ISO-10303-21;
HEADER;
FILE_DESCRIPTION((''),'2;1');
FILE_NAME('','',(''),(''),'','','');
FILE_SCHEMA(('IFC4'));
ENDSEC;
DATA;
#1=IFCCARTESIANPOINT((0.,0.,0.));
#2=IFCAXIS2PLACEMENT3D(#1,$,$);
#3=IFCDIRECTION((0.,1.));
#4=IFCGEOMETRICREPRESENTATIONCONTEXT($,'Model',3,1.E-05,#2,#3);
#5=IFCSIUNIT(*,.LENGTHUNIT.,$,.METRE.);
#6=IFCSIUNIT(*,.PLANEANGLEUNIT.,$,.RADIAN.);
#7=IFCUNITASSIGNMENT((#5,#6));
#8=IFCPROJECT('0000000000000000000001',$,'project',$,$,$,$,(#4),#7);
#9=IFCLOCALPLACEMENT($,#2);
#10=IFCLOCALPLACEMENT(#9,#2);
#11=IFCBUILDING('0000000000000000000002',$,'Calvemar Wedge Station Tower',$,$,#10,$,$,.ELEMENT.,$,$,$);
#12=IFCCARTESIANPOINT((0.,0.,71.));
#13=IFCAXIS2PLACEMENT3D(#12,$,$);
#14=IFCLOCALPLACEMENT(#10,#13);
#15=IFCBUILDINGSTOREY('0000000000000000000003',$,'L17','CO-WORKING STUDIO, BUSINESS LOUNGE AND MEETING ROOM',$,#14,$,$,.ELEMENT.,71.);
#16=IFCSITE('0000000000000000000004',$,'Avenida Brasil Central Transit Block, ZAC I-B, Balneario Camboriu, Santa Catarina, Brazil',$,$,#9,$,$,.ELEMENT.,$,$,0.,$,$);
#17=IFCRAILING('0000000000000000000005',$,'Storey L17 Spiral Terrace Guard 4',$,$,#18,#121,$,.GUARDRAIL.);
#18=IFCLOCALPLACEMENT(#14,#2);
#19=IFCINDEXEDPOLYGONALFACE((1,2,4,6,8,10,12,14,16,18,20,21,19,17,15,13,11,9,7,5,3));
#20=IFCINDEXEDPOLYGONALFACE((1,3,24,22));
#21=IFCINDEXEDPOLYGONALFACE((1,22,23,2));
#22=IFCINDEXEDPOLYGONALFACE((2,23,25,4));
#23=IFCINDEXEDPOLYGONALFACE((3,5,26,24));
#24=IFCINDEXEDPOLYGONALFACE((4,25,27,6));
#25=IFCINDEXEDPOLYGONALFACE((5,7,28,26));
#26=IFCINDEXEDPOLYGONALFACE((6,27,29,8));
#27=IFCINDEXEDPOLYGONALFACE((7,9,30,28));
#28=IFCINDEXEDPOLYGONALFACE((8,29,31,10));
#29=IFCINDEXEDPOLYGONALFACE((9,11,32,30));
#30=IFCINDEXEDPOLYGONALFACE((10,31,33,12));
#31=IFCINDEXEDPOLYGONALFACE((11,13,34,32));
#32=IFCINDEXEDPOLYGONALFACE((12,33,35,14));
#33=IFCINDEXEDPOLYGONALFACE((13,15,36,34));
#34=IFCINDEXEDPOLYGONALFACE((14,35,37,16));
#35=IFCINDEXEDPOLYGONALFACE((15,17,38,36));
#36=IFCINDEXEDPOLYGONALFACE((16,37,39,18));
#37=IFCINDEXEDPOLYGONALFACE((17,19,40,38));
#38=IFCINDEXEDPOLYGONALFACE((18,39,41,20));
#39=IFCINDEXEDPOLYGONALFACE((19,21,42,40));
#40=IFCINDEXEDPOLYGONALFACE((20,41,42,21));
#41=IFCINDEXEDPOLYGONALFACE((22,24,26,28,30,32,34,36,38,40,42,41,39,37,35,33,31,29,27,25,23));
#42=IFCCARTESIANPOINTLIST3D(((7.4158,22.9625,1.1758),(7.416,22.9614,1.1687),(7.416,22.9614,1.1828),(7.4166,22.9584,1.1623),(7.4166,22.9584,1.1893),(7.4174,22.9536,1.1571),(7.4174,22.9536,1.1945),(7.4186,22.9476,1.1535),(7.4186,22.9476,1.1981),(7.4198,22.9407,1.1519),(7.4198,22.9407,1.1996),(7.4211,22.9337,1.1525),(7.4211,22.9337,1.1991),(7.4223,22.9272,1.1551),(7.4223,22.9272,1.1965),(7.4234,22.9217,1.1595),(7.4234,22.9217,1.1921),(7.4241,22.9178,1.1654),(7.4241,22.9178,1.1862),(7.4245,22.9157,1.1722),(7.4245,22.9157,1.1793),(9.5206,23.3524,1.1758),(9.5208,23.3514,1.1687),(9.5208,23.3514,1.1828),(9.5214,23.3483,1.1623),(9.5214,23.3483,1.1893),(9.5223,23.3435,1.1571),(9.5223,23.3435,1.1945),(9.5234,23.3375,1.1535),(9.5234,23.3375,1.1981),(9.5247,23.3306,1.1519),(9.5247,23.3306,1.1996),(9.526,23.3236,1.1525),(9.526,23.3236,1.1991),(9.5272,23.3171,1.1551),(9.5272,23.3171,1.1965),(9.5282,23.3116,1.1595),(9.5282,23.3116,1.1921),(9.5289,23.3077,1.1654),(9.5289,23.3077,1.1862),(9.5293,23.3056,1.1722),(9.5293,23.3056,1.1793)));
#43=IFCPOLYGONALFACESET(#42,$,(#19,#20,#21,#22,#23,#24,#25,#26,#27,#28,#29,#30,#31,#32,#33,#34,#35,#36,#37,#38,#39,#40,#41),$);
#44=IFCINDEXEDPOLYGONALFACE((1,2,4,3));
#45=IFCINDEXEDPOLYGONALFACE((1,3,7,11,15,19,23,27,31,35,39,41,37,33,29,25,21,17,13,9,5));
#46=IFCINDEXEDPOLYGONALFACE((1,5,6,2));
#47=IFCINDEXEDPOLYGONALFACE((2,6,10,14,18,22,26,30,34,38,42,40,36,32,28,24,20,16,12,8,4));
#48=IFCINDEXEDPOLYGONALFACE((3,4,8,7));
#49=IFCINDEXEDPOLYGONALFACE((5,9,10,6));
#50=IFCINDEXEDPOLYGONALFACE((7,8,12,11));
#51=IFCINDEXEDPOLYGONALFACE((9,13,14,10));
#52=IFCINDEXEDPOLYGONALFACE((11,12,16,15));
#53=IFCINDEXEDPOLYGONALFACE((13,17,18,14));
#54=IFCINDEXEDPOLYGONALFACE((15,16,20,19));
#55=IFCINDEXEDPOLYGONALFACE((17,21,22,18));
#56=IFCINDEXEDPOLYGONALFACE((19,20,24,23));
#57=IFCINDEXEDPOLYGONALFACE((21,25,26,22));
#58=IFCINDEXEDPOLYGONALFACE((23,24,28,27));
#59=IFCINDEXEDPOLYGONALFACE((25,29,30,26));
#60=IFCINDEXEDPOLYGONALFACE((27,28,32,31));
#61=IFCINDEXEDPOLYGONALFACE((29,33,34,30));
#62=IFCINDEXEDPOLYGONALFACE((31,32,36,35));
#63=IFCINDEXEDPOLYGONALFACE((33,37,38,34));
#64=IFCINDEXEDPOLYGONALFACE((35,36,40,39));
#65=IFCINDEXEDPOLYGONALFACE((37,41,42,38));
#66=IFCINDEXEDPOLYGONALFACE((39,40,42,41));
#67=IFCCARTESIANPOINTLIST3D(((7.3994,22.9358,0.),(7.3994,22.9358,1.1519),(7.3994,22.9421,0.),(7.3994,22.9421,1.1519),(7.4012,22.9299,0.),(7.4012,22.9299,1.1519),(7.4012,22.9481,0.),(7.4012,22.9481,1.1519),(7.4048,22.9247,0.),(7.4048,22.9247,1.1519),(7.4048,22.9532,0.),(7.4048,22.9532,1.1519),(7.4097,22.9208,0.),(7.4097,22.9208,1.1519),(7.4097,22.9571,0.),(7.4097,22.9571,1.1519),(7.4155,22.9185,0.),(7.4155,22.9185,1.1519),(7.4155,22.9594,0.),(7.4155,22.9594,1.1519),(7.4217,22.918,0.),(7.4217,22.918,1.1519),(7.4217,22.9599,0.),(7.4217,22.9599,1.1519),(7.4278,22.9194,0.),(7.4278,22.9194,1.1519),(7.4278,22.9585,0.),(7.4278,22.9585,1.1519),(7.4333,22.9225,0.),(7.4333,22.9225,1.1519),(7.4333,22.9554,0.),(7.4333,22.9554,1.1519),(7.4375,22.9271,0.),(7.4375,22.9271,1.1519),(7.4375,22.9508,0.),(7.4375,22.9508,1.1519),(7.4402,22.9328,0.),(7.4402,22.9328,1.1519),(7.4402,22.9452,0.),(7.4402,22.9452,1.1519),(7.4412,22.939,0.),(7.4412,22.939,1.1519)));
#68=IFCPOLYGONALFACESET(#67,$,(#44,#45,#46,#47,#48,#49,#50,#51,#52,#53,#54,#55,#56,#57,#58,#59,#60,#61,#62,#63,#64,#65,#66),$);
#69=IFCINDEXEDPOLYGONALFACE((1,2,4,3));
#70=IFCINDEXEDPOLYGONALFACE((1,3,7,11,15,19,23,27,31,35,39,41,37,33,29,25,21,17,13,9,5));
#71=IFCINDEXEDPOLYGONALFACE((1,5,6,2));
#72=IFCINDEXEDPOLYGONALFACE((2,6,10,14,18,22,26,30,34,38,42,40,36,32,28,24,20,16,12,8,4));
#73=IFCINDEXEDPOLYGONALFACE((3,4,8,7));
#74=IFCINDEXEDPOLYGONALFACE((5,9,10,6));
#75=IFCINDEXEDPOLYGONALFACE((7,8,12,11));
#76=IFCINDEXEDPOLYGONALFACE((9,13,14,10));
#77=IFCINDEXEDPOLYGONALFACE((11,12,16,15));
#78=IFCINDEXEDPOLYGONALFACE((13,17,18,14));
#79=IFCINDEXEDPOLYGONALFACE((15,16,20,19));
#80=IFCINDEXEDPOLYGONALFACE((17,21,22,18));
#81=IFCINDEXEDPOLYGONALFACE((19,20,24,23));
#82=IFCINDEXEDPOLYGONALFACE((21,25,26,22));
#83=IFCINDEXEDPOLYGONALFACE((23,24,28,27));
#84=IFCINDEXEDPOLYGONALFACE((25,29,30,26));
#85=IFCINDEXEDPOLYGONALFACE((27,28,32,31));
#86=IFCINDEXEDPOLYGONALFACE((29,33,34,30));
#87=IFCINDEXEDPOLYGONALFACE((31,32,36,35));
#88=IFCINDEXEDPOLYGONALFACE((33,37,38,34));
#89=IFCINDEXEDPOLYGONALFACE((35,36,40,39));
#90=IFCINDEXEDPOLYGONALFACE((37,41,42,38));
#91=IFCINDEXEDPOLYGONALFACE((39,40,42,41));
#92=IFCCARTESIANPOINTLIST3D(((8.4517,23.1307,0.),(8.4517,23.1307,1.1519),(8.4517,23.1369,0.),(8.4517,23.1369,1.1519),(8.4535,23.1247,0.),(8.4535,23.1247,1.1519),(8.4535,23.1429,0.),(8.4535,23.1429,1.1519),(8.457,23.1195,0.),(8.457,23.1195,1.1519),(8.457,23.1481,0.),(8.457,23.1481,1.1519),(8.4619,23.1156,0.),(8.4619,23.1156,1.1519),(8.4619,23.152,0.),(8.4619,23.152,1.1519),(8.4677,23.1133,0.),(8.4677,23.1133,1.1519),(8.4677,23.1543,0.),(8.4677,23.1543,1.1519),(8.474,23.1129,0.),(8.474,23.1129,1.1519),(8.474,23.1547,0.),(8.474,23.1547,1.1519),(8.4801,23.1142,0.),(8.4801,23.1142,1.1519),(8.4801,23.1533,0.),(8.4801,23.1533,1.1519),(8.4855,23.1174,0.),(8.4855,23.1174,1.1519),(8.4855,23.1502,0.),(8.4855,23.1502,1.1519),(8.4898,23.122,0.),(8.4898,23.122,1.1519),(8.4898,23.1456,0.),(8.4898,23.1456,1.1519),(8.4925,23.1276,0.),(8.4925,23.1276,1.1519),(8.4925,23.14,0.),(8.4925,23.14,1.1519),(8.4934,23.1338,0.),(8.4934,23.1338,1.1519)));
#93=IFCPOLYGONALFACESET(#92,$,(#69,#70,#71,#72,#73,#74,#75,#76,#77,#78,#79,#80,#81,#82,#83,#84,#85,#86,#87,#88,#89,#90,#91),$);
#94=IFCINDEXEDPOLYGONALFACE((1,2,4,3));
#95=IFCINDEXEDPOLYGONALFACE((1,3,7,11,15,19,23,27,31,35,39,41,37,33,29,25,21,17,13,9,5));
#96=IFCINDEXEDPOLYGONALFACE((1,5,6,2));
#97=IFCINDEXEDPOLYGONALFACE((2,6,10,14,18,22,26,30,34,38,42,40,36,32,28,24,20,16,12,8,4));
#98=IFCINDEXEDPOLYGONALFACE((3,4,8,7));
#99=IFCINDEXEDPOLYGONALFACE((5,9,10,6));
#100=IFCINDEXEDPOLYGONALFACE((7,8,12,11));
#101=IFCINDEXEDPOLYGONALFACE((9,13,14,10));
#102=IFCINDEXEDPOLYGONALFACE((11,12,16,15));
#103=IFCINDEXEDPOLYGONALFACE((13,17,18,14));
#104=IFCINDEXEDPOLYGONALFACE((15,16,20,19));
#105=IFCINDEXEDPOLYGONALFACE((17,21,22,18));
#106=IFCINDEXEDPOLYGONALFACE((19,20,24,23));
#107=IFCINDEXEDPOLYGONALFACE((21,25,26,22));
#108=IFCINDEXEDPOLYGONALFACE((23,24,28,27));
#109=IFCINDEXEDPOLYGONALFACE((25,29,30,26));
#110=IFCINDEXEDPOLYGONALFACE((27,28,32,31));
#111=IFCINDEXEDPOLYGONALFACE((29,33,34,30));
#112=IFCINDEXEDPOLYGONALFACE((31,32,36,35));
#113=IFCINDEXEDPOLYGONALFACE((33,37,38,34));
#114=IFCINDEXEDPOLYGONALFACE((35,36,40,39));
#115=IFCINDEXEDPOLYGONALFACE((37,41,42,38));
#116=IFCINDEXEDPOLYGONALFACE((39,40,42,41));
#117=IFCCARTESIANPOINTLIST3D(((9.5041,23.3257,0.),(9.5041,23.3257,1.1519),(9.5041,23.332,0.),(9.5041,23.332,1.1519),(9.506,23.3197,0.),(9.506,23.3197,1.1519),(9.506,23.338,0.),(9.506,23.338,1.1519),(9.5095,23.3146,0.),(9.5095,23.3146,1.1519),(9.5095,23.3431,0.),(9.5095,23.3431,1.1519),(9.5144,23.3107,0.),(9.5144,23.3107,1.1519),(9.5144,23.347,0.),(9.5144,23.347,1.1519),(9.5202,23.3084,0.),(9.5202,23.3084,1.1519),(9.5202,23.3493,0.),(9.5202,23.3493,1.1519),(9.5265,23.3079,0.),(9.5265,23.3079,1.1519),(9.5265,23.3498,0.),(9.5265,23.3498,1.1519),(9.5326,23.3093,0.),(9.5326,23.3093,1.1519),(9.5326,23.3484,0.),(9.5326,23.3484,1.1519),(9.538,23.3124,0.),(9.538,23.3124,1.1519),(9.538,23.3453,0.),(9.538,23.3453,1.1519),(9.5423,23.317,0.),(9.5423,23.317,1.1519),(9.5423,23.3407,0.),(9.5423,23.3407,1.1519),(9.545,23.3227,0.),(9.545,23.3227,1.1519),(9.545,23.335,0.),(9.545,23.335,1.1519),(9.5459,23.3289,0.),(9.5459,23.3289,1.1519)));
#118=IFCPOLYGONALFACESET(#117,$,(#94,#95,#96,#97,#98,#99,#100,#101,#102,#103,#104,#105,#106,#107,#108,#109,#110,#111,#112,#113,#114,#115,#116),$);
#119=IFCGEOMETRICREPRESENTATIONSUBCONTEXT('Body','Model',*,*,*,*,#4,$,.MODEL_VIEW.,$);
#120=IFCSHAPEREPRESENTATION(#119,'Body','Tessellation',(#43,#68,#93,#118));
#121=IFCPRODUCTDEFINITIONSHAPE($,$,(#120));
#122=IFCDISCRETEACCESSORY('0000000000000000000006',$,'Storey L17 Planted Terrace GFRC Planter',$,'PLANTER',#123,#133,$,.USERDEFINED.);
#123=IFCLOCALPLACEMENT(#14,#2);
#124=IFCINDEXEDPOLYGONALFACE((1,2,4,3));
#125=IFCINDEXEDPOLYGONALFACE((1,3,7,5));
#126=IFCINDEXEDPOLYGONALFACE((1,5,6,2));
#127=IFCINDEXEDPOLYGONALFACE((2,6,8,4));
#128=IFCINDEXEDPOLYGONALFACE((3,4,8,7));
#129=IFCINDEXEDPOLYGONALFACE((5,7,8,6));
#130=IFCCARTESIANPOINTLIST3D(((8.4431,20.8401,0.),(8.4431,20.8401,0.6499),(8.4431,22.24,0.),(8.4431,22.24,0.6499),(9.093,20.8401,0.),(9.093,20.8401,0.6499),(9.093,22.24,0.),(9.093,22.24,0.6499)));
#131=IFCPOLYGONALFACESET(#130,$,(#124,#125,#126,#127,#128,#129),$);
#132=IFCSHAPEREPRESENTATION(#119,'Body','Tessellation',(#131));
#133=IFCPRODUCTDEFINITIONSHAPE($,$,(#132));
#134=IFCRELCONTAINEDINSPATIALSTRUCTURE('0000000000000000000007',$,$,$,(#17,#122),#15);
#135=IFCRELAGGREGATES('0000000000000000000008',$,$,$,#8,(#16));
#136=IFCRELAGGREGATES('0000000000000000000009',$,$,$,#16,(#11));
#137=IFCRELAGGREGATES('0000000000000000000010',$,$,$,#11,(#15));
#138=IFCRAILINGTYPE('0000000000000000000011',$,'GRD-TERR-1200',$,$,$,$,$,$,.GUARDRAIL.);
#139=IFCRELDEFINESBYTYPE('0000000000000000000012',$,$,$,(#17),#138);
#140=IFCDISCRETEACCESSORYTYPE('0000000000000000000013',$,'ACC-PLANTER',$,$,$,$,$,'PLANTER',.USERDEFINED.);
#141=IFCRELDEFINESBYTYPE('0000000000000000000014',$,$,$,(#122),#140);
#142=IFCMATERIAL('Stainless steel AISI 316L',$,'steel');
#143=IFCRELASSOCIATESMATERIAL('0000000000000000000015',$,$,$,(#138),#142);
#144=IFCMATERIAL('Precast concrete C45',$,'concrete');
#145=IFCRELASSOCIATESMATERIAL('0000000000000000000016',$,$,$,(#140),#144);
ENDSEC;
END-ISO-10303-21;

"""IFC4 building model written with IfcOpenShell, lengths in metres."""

from ifc_helpers import new_model, si_unit, direction, frame, origin, origin_2d, place, context, subcontext, project, spatial, rectangle, circle, extrude, source, transform, mapped, material, type_object, element, save


model = new_model("IFC4")

# Units and contexts
model_context = context("Model", 3, precision=1e-05, world=origin(), true_north=direction((0.0, 1.0)))
body_context = subcontext(model_context, "Body", "Model", "MODEL_VIEW")
ifc_project = project(units=[si_unit("LENGTHUNIT", "METRE"), si_unit("PLANEANGLEUNIT", "RADIAN")], contexts=[model_context])

# Site, building, storey
site_placement = place(None, origin())
site = spatial("IfcSite", under=ifc_project, at=site_placement, Name="Avenida Brasil Central Transit Block, ZAC I-B, Balneario Camboriu, Santa Catarina, Brazil", CompositionType="ELEMENT", RefElevation=0.0)
building_placement = place(site_placement, origin())
building = spatial("IfcBuilding", under=site, at=building_placement, Name="Calvemar Wedge Station Tower", CompositionType="ELEMENT")
storey_placement = place(building_placement, frame((0.0, 0.0, 71.0)))
storey = spatial("IfcBuildingStorey", under=building, at=storey_placement, Name="L17", Description="CO-WORKING STUDIO, BUSINESS LOUNGE AND MEETING ROOM", CompositionType="ELEMENT", Elevation=71.0)

# Shared definitions
ifc_material_1 = material(Name="Precast concrete C45", Category="concrete")

# Railing
ifc_material_2 = material(Name="Stainless steel AISI 316L", Category="steel")
railing_type = type_object("IfcRailingType", Name="GRD-TERR-1200", PredefinedType="GUARDRAIL", material=ifc_material_2)
railing_1_placement = place(storey_placement, frame((7.4202, 22.939, 0.0)))
element("IfcRailing", 1, at=railing_1_placement, inside=storey, type_object=railing_type, Name="Storey L17 Spiral Terrace Guard 4", PredefinedType="GUARDRAIL", context=body_context, shape_type="SweptSolid", body=[
    extrude(circle(Radius=0.0239, at=origin_2d()), frame((0.0, 0.0, 1.1758), z_axis=(0.983271, 0.182146, 0.0), x_axis=(-0.182146, 0.983271, 0.0)), (0.0, 0.0, 1.0), 2.1406),
    extrude(circle(Radius=0.021, at=origin_2d()), origin(), (0.0, 0.0, 1.0), 1.1519),
    extrude(circle(Radius=0.021, at=origin_2d()), frame((1.0522, 0.1948, 0.0)), (0.0, 0.0, 1.0), 1.1519),
    extrude(circle(Radius=0.021, at=origin_2d()), frame((2.1047, 0.3899, 0.0)), (0.0, 0.0, 1.0), 1.1519),
])

# Discrete accessory
discrete_accessory_type = type_object("IfcDiscreteAccessoryType", Name="ACC-PLANTER", ElementType="PLANTER", PredefinedType="USERDEFINED", material=ifc_material_1)
shared_shape_1 = source(origin(), body_context, "Body", "SweptSolid", [
    extrude(rectangle(XDim=0.6499, YDim=1.3999, at=origin_2d()), origin(), (0.0, 0.0, 1.0), 0.6499),
])
discrete_accessory_placement = place(storey_placement, frame((8.7681, 21.54, 0.0), z_axis=(0.0, 0.0, 1.0), x_axis=(1.0, 0.0, 0.0)))
element("IfcDiscreteAccessory", 2, at=discrete_accessory_placement, inside=storey, type_object=discrete_accessory_type, Name="Storey L17 Planted Terrace GFRC Planter", ObjectType="PLANTER", PredefinedType="USERDEFINED", context=body_context, shape_type="MappedRepresentation", body=[
    mapped(shared_shape_1, transform((0.0, 0.0, 0.0), scale=1.0)),
])

save(model, "model.ifc")
